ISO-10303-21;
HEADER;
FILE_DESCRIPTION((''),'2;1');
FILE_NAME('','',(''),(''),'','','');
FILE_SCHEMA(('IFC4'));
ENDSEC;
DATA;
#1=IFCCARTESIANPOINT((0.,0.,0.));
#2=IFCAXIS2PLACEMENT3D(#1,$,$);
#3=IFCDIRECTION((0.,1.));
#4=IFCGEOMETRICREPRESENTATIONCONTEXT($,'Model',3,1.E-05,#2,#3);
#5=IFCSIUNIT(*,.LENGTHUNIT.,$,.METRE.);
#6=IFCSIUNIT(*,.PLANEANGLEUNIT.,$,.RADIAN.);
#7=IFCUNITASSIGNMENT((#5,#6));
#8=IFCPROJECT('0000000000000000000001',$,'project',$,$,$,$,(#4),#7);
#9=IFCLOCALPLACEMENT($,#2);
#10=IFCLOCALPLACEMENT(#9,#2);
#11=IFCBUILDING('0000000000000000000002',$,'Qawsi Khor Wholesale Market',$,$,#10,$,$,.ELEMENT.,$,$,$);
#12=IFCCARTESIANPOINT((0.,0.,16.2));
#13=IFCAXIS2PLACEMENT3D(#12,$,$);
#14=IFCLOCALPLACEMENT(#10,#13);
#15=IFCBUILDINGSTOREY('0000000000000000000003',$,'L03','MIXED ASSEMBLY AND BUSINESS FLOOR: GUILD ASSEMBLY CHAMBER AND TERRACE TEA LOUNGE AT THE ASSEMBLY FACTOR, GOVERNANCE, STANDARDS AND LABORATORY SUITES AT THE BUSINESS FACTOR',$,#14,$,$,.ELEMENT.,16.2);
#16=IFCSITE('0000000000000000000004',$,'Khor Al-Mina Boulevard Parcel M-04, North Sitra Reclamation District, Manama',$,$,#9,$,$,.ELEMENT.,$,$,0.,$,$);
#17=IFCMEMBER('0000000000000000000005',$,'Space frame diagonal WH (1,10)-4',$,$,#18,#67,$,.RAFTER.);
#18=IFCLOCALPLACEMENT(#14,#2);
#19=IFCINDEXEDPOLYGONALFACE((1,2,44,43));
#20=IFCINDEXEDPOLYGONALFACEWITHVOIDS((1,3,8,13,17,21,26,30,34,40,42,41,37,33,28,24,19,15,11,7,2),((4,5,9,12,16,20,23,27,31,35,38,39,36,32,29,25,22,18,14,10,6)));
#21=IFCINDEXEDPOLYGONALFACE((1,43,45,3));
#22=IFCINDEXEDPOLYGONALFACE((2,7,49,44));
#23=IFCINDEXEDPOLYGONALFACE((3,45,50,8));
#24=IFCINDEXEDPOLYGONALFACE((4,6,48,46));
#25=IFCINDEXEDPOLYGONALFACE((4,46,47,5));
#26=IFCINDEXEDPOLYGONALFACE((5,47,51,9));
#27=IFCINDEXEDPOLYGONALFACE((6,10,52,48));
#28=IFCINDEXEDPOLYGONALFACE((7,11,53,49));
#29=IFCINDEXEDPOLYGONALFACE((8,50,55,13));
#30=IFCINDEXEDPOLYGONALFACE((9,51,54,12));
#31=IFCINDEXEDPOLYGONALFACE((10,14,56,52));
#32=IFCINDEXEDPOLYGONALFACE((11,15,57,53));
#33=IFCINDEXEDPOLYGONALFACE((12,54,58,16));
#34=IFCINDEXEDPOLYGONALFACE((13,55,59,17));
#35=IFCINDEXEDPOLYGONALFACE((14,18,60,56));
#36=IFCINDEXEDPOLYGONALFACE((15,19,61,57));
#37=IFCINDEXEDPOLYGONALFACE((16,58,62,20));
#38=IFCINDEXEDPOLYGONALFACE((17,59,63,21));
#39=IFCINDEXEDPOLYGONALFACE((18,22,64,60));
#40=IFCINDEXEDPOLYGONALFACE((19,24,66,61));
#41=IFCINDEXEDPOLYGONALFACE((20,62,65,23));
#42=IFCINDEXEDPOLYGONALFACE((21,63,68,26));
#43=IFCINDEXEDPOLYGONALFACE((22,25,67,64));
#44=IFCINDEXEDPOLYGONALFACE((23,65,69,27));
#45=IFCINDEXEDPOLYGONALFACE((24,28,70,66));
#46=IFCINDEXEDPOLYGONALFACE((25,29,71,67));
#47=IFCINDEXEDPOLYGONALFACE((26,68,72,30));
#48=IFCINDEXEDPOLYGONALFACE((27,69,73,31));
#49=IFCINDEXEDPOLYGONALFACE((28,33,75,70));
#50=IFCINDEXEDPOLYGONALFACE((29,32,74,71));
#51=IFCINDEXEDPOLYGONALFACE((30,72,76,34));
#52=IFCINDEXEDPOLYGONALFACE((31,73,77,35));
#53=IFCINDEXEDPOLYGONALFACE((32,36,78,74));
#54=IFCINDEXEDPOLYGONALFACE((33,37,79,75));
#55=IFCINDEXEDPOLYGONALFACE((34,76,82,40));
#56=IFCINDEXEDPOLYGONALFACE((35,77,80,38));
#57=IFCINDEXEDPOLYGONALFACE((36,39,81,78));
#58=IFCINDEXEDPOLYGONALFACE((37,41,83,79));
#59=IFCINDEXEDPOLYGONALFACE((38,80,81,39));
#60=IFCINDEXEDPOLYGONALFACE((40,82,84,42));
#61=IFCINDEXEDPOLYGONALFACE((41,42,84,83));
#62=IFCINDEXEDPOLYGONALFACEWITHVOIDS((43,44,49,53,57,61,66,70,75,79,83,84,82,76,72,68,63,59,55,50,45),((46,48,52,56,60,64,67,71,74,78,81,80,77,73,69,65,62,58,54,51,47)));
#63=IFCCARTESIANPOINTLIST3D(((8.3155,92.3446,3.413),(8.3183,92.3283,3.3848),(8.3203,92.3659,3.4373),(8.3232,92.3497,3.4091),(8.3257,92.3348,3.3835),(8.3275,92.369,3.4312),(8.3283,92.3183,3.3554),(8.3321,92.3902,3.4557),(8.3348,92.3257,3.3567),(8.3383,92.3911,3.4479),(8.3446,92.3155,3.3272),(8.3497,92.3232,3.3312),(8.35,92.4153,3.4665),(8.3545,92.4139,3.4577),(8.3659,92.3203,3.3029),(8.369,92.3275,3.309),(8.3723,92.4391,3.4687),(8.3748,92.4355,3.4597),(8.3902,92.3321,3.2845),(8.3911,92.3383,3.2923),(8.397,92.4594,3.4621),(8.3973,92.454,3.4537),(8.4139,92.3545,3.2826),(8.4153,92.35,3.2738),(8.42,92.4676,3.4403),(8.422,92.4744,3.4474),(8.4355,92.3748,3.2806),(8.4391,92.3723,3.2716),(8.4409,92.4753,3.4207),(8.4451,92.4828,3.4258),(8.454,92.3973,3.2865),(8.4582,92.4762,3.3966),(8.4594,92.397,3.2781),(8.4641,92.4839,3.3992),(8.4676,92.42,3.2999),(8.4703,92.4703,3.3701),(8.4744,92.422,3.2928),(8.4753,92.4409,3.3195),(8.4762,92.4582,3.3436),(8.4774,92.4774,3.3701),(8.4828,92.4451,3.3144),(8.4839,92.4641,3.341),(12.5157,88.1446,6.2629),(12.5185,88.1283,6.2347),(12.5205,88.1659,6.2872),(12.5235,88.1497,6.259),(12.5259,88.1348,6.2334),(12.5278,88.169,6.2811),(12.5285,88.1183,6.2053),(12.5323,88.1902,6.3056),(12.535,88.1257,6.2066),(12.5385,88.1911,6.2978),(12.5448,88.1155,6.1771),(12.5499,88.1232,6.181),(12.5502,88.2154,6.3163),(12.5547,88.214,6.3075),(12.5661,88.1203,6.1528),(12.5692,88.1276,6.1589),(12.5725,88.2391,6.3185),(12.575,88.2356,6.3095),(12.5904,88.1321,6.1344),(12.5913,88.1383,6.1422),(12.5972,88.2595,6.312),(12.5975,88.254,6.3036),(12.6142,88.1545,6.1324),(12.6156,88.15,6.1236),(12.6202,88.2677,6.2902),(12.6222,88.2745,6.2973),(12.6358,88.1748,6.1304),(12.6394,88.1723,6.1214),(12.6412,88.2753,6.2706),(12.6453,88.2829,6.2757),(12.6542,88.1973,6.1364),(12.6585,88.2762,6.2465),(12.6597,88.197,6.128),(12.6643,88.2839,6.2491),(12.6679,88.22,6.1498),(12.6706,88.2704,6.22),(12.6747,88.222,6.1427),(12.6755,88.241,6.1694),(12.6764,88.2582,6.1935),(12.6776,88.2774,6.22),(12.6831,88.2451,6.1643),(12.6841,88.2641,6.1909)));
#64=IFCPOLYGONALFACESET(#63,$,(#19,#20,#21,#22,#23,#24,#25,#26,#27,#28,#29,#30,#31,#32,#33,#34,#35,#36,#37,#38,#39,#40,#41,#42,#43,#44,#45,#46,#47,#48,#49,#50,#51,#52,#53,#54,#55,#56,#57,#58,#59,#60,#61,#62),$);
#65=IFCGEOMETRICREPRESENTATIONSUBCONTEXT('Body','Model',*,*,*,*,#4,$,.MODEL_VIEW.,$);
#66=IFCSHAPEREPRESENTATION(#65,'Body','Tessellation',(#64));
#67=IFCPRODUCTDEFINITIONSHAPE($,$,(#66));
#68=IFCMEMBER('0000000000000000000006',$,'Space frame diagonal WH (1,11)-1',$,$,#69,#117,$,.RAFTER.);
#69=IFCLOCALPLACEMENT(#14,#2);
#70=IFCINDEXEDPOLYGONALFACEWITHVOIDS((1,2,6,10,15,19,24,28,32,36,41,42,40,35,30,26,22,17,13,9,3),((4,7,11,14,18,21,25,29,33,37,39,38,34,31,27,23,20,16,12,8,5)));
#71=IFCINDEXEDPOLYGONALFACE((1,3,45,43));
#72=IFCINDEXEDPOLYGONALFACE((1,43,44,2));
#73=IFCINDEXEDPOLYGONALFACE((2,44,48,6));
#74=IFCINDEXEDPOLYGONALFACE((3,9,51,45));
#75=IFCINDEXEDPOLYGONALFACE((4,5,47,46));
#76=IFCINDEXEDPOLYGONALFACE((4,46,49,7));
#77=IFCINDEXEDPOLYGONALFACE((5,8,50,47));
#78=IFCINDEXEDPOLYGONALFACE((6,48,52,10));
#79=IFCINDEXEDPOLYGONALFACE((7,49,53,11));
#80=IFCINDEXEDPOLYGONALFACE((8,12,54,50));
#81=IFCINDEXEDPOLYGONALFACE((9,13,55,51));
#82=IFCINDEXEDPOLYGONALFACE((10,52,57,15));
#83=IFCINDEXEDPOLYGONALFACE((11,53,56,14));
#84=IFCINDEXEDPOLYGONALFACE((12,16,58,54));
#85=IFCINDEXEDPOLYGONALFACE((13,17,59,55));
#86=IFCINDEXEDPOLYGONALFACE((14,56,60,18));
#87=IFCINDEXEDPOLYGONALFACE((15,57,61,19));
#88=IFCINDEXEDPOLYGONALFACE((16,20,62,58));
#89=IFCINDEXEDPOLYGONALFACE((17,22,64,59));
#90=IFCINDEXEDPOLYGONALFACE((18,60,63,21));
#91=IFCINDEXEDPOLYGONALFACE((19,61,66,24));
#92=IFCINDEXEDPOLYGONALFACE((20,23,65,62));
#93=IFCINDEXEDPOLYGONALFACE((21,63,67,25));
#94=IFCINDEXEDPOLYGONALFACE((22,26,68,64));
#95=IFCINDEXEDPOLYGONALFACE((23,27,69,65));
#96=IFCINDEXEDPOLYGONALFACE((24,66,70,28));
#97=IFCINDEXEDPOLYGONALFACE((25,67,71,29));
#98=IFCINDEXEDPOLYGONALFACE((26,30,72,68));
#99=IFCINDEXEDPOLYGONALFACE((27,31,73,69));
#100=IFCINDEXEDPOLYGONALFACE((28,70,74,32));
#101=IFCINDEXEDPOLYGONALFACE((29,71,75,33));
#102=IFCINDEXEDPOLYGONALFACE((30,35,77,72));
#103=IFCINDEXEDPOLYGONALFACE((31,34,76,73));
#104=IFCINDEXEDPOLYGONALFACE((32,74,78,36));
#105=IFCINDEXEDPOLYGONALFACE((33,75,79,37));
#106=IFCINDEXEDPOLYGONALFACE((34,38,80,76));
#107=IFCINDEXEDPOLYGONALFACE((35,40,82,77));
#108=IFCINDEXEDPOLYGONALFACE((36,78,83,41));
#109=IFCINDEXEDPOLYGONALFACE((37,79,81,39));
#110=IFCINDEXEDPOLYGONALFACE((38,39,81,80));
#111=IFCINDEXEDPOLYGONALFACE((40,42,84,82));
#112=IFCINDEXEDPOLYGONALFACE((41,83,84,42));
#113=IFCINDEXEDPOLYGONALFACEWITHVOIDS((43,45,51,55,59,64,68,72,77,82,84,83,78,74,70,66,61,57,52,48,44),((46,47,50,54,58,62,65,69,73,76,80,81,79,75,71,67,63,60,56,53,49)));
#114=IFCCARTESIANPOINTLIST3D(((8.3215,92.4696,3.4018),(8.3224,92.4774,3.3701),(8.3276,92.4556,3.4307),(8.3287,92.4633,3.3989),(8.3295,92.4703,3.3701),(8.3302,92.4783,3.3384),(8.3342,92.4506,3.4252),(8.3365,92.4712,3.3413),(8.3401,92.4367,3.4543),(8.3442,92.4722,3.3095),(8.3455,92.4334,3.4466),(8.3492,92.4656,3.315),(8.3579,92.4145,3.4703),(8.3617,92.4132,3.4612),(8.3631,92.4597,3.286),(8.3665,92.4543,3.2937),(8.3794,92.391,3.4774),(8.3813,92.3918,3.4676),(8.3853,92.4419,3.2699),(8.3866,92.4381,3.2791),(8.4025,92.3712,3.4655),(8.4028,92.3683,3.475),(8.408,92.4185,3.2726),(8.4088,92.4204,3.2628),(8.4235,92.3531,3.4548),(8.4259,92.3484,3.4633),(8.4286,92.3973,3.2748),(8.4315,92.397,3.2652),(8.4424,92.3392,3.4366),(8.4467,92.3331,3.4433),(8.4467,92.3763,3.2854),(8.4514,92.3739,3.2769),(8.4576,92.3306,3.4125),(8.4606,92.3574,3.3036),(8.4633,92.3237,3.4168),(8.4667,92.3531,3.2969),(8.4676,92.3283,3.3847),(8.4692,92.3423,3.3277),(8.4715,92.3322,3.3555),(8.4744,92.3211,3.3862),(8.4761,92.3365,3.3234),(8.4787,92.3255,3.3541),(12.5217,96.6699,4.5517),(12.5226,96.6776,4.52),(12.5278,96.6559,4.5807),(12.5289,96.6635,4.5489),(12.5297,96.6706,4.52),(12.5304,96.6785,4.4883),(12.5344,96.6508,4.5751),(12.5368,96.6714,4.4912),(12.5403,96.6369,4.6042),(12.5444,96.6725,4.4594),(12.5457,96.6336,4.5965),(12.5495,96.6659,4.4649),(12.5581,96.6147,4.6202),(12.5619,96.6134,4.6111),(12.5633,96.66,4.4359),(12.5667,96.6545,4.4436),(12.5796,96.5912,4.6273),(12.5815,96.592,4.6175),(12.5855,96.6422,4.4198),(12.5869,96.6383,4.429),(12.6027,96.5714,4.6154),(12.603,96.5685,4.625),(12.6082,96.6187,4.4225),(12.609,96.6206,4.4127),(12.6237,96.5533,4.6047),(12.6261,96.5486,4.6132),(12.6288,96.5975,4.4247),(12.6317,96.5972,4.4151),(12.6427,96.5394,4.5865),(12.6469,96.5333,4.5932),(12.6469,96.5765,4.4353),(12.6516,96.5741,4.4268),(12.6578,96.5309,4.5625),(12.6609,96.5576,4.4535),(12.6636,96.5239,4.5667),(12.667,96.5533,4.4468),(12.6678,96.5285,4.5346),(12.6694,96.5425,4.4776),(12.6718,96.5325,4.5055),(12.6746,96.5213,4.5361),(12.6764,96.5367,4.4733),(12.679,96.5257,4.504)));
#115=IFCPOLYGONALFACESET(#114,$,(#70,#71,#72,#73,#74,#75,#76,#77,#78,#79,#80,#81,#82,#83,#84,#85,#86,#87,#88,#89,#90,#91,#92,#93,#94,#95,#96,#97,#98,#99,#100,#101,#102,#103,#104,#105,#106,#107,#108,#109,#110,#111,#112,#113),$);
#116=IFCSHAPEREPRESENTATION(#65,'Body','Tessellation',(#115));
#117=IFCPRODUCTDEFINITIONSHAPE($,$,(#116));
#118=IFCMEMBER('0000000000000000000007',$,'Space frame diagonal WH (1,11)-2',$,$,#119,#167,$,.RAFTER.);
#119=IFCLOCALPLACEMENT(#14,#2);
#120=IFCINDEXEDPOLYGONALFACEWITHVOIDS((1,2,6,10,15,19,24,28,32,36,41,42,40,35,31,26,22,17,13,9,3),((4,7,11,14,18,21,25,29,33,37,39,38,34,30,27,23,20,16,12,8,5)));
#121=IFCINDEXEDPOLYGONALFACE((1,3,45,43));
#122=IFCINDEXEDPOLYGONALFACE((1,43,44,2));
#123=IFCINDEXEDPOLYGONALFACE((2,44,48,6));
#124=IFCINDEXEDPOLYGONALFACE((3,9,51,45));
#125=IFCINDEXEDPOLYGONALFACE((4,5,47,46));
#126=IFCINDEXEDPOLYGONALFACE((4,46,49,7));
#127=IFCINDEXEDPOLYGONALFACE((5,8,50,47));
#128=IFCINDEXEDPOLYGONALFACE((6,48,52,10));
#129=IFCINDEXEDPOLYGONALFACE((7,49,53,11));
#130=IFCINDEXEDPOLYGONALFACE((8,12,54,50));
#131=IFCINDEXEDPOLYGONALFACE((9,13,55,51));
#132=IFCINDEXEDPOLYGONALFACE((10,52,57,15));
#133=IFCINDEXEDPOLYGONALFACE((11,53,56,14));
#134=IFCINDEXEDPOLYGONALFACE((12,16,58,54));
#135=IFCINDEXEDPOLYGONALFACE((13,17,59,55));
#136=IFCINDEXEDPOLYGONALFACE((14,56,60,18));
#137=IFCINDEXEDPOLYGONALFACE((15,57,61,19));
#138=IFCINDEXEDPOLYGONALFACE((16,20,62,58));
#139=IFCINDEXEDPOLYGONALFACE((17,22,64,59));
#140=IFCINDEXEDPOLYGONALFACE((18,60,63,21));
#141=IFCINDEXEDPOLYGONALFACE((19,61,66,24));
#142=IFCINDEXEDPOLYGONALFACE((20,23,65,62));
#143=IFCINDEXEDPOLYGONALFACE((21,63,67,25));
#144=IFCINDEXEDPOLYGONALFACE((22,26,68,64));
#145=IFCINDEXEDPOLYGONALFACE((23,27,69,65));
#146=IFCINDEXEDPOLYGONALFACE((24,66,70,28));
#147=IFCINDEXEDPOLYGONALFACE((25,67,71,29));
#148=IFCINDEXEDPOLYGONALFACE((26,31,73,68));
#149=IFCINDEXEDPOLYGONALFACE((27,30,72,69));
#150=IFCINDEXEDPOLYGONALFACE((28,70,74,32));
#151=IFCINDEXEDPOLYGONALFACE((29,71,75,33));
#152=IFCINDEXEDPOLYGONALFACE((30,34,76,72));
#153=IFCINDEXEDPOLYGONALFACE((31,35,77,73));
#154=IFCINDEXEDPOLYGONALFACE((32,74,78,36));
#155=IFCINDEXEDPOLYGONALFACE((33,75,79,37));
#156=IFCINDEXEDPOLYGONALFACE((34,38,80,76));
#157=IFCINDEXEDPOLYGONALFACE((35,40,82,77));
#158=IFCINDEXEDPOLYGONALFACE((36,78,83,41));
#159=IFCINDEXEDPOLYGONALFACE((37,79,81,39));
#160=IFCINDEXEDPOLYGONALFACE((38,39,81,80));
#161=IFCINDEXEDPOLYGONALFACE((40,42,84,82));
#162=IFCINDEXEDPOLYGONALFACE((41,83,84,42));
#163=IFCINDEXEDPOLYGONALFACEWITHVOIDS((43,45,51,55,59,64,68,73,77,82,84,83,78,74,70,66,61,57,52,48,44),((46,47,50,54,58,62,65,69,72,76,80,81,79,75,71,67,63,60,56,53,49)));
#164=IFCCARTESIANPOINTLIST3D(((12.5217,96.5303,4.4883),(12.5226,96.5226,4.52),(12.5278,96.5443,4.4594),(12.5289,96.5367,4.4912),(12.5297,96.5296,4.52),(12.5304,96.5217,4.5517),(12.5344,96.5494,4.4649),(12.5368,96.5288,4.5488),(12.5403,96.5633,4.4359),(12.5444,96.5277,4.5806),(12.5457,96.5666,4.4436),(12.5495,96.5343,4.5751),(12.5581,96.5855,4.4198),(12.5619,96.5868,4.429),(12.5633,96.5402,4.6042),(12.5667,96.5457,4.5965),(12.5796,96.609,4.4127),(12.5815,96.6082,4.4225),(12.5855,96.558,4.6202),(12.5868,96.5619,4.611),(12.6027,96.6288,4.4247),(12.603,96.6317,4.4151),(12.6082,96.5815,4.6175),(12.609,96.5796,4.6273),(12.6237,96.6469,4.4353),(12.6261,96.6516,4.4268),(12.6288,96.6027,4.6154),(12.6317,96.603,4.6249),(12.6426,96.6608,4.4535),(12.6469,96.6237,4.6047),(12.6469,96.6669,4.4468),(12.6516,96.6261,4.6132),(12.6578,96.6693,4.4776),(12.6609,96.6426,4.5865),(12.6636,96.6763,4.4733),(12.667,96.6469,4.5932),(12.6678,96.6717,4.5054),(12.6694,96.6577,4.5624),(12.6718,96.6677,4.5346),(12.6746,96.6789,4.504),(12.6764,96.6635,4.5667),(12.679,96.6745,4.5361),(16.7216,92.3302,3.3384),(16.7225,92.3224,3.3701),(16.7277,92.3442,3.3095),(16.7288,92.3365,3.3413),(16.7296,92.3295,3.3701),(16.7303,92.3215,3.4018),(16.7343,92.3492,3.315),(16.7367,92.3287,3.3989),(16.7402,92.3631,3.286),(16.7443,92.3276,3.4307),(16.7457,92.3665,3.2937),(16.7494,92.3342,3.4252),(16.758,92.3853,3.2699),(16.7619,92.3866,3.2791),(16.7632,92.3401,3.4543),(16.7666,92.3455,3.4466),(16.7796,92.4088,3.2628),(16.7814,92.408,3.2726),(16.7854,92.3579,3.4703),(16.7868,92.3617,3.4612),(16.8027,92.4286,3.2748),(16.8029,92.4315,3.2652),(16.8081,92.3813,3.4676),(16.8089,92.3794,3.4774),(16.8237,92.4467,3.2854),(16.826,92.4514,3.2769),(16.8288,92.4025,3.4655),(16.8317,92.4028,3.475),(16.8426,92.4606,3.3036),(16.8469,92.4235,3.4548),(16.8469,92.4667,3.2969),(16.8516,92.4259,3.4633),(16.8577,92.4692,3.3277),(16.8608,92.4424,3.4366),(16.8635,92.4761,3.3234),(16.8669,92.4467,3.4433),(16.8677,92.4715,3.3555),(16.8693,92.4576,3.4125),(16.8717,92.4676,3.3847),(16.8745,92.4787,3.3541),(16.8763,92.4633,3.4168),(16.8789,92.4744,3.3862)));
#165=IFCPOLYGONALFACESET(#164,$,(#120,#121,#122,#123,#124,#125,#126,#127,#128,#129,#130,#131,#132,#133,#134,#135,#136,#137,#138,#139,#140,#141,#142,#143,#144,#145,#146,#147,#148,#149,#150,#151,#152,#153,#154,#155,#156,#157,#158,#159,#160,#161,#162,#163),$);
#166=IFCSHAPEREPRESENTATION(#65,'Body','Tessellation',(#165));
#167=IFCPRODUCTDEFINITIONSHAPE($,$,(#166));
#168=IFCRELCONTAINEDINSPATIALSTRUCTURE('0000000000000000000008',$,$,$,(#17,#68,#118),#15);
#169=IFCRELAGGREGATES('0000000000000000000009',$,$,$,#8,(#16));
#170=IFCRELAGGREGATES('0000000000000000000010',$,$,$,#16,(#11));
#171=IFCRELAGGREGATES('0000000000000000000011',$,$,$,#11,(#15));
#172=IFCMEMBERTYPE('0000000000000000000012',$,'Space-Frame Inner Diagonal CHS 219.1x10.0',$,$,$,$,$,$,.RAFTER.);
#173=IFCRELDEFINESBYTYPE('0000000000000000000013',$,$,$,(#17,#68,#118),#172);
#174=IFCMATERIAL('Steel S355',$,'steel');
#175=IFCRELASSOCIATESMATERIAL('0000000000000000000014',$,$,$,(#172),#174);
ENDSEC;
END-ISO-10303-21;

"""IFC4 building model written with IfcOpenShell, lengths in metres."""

from ifc_helpers import new_model, si_unit, direction, frame, origin, origin_2d, place, context, subcontext, project, spatial, hollow_circle, extrude, material, material_profile, profile_set, type_object, element, save


model = new_model("IFC4")

# Units and contexts
model_context = context("Model", 3, precision=1e-05, world=origin(), true_north=direction((0.0, 1.0)))
body_context = subcontext(model_context, "Body", "Model", "MODEL_VIEW")
ifc_project = project(units=[si_unit("LENGTHUNIT", "METRE"), si_unit("PLANEANGLEUNIT", "RADIAN")], contexts=[model_context])

# Site, building, storey
site_placement = place(None, origin())
site = spatial("IfcSite", under=ifc_project, at=site_placement, Name="Khor Al-Mina Boulevard Parcel M-04, North Sitra Reclamation District, Manama", CompositionType="ELEMENT", RefElevation=0.0)
building_placement = place(site_placement, origin())
building = spatial("IfcBuilding", under=site, at=building_placement, Name="Qawsi Khor Wholesale Market", CompositionType="ELEMENT")
storey_placement = place(building_placement, frame((0.0, 0.0, 16.2)))
storey = spatial("IfcBuildingStorey", under=building, at=storey_placement, Name="L03", Description="MIXED ASSEMBLY AND BUSINESS FLOOR: GUILD ASSEMBLY CHAMBER AND TERRACE TEA LOUNGE AT THE ASSEMBLY FACTOR, GOVERNANCE, STANDARDS AND LABORATORY SUITES AT THE BUSINESS FACTOR", CompositionType="ELEMENT", Elevation=16.2)

# Members
ifc_material_1 = material(Name="Steel S355", Category="steel")
ifc_material_profile_1 = material_profile(ifc_material_1, hollow_circle(Radius=0.1096, WallThickness=0.01, at=origin_2d()), Name="CHS 219.1x10.0")
ifc_profile_set_1 = profile_set([ifc_material_profile_1], Name="Steel S355")
member_type_1 = type_object("IfcMemberType", Name="Space-Frame Inner Diagonal CHS 219.1x10.0", PredefinedType="RAFTER", material=ifc_profile_set_1)
member_1_placement = place(storey_placement, frame((8.3999, 92.3999, 3.3701), z_axis=(0.637544, -0.637507, 0.432577), x_axis=(0.707086, 0.707127, 0.0)))
element("IfcMember", 1, at=member_1_placement, inside=storey, type_object=member_type_1, Name="Space frame diagonal WH (1,10)-4", PredefinedType="RAFTER", context=body_context, shape_type="SweptSolid", body=[
    extrude(hollow_circle(Radius=0.1096, WallThickness=0.01, at=origin_2d()), origin(), (0.0, 0.0, 1.0), 6.5881),
])
member_2_placement = place(storey_placement, frame((8.3999, 92.3999, 3.3701), z_axis=(0.694218, 0.694218, 0.190059), x_axis=(-0.707107, 0.707107, 0.0)))
element("IfcMember", 2, at=member_2_placement, inside=storey, type_object=member_type_1, Name="Space frame diagonal WH (1,11)-1", PredefinedType="RAFTER", context=body_context, shape_type="SweptSolid", body=[
    extrude(hollow_circle(Radius=0.1096, WallThickness=0.01, at=origin_2d()), origin(), (0.0, 0.0, 1.0), 6.0503),
])
member_3_placement = place(storey_placement, frame((16.8, 92.3999, 3.3701), z_axis=(-0.694197, 0.694238, 0.190064), x_axis=(-0.707127, -0.707086, 0.0)))
element("IfcMember", 3, at=member_3_placement, inside=storey, type_object=member_type_1, Name="Space frame diagonal WH (1,11)-2", PredefinedType="RAFTER", context=body_context, shape_type="SweptSolid", body=[
    extrude(hollow_circle(Radius=0.1096, WallThickness=0.01, at=origin_2d()), origin(), (0.0, 0.0, 1.0), 6.05),
])

save(model, "model.ifc")
